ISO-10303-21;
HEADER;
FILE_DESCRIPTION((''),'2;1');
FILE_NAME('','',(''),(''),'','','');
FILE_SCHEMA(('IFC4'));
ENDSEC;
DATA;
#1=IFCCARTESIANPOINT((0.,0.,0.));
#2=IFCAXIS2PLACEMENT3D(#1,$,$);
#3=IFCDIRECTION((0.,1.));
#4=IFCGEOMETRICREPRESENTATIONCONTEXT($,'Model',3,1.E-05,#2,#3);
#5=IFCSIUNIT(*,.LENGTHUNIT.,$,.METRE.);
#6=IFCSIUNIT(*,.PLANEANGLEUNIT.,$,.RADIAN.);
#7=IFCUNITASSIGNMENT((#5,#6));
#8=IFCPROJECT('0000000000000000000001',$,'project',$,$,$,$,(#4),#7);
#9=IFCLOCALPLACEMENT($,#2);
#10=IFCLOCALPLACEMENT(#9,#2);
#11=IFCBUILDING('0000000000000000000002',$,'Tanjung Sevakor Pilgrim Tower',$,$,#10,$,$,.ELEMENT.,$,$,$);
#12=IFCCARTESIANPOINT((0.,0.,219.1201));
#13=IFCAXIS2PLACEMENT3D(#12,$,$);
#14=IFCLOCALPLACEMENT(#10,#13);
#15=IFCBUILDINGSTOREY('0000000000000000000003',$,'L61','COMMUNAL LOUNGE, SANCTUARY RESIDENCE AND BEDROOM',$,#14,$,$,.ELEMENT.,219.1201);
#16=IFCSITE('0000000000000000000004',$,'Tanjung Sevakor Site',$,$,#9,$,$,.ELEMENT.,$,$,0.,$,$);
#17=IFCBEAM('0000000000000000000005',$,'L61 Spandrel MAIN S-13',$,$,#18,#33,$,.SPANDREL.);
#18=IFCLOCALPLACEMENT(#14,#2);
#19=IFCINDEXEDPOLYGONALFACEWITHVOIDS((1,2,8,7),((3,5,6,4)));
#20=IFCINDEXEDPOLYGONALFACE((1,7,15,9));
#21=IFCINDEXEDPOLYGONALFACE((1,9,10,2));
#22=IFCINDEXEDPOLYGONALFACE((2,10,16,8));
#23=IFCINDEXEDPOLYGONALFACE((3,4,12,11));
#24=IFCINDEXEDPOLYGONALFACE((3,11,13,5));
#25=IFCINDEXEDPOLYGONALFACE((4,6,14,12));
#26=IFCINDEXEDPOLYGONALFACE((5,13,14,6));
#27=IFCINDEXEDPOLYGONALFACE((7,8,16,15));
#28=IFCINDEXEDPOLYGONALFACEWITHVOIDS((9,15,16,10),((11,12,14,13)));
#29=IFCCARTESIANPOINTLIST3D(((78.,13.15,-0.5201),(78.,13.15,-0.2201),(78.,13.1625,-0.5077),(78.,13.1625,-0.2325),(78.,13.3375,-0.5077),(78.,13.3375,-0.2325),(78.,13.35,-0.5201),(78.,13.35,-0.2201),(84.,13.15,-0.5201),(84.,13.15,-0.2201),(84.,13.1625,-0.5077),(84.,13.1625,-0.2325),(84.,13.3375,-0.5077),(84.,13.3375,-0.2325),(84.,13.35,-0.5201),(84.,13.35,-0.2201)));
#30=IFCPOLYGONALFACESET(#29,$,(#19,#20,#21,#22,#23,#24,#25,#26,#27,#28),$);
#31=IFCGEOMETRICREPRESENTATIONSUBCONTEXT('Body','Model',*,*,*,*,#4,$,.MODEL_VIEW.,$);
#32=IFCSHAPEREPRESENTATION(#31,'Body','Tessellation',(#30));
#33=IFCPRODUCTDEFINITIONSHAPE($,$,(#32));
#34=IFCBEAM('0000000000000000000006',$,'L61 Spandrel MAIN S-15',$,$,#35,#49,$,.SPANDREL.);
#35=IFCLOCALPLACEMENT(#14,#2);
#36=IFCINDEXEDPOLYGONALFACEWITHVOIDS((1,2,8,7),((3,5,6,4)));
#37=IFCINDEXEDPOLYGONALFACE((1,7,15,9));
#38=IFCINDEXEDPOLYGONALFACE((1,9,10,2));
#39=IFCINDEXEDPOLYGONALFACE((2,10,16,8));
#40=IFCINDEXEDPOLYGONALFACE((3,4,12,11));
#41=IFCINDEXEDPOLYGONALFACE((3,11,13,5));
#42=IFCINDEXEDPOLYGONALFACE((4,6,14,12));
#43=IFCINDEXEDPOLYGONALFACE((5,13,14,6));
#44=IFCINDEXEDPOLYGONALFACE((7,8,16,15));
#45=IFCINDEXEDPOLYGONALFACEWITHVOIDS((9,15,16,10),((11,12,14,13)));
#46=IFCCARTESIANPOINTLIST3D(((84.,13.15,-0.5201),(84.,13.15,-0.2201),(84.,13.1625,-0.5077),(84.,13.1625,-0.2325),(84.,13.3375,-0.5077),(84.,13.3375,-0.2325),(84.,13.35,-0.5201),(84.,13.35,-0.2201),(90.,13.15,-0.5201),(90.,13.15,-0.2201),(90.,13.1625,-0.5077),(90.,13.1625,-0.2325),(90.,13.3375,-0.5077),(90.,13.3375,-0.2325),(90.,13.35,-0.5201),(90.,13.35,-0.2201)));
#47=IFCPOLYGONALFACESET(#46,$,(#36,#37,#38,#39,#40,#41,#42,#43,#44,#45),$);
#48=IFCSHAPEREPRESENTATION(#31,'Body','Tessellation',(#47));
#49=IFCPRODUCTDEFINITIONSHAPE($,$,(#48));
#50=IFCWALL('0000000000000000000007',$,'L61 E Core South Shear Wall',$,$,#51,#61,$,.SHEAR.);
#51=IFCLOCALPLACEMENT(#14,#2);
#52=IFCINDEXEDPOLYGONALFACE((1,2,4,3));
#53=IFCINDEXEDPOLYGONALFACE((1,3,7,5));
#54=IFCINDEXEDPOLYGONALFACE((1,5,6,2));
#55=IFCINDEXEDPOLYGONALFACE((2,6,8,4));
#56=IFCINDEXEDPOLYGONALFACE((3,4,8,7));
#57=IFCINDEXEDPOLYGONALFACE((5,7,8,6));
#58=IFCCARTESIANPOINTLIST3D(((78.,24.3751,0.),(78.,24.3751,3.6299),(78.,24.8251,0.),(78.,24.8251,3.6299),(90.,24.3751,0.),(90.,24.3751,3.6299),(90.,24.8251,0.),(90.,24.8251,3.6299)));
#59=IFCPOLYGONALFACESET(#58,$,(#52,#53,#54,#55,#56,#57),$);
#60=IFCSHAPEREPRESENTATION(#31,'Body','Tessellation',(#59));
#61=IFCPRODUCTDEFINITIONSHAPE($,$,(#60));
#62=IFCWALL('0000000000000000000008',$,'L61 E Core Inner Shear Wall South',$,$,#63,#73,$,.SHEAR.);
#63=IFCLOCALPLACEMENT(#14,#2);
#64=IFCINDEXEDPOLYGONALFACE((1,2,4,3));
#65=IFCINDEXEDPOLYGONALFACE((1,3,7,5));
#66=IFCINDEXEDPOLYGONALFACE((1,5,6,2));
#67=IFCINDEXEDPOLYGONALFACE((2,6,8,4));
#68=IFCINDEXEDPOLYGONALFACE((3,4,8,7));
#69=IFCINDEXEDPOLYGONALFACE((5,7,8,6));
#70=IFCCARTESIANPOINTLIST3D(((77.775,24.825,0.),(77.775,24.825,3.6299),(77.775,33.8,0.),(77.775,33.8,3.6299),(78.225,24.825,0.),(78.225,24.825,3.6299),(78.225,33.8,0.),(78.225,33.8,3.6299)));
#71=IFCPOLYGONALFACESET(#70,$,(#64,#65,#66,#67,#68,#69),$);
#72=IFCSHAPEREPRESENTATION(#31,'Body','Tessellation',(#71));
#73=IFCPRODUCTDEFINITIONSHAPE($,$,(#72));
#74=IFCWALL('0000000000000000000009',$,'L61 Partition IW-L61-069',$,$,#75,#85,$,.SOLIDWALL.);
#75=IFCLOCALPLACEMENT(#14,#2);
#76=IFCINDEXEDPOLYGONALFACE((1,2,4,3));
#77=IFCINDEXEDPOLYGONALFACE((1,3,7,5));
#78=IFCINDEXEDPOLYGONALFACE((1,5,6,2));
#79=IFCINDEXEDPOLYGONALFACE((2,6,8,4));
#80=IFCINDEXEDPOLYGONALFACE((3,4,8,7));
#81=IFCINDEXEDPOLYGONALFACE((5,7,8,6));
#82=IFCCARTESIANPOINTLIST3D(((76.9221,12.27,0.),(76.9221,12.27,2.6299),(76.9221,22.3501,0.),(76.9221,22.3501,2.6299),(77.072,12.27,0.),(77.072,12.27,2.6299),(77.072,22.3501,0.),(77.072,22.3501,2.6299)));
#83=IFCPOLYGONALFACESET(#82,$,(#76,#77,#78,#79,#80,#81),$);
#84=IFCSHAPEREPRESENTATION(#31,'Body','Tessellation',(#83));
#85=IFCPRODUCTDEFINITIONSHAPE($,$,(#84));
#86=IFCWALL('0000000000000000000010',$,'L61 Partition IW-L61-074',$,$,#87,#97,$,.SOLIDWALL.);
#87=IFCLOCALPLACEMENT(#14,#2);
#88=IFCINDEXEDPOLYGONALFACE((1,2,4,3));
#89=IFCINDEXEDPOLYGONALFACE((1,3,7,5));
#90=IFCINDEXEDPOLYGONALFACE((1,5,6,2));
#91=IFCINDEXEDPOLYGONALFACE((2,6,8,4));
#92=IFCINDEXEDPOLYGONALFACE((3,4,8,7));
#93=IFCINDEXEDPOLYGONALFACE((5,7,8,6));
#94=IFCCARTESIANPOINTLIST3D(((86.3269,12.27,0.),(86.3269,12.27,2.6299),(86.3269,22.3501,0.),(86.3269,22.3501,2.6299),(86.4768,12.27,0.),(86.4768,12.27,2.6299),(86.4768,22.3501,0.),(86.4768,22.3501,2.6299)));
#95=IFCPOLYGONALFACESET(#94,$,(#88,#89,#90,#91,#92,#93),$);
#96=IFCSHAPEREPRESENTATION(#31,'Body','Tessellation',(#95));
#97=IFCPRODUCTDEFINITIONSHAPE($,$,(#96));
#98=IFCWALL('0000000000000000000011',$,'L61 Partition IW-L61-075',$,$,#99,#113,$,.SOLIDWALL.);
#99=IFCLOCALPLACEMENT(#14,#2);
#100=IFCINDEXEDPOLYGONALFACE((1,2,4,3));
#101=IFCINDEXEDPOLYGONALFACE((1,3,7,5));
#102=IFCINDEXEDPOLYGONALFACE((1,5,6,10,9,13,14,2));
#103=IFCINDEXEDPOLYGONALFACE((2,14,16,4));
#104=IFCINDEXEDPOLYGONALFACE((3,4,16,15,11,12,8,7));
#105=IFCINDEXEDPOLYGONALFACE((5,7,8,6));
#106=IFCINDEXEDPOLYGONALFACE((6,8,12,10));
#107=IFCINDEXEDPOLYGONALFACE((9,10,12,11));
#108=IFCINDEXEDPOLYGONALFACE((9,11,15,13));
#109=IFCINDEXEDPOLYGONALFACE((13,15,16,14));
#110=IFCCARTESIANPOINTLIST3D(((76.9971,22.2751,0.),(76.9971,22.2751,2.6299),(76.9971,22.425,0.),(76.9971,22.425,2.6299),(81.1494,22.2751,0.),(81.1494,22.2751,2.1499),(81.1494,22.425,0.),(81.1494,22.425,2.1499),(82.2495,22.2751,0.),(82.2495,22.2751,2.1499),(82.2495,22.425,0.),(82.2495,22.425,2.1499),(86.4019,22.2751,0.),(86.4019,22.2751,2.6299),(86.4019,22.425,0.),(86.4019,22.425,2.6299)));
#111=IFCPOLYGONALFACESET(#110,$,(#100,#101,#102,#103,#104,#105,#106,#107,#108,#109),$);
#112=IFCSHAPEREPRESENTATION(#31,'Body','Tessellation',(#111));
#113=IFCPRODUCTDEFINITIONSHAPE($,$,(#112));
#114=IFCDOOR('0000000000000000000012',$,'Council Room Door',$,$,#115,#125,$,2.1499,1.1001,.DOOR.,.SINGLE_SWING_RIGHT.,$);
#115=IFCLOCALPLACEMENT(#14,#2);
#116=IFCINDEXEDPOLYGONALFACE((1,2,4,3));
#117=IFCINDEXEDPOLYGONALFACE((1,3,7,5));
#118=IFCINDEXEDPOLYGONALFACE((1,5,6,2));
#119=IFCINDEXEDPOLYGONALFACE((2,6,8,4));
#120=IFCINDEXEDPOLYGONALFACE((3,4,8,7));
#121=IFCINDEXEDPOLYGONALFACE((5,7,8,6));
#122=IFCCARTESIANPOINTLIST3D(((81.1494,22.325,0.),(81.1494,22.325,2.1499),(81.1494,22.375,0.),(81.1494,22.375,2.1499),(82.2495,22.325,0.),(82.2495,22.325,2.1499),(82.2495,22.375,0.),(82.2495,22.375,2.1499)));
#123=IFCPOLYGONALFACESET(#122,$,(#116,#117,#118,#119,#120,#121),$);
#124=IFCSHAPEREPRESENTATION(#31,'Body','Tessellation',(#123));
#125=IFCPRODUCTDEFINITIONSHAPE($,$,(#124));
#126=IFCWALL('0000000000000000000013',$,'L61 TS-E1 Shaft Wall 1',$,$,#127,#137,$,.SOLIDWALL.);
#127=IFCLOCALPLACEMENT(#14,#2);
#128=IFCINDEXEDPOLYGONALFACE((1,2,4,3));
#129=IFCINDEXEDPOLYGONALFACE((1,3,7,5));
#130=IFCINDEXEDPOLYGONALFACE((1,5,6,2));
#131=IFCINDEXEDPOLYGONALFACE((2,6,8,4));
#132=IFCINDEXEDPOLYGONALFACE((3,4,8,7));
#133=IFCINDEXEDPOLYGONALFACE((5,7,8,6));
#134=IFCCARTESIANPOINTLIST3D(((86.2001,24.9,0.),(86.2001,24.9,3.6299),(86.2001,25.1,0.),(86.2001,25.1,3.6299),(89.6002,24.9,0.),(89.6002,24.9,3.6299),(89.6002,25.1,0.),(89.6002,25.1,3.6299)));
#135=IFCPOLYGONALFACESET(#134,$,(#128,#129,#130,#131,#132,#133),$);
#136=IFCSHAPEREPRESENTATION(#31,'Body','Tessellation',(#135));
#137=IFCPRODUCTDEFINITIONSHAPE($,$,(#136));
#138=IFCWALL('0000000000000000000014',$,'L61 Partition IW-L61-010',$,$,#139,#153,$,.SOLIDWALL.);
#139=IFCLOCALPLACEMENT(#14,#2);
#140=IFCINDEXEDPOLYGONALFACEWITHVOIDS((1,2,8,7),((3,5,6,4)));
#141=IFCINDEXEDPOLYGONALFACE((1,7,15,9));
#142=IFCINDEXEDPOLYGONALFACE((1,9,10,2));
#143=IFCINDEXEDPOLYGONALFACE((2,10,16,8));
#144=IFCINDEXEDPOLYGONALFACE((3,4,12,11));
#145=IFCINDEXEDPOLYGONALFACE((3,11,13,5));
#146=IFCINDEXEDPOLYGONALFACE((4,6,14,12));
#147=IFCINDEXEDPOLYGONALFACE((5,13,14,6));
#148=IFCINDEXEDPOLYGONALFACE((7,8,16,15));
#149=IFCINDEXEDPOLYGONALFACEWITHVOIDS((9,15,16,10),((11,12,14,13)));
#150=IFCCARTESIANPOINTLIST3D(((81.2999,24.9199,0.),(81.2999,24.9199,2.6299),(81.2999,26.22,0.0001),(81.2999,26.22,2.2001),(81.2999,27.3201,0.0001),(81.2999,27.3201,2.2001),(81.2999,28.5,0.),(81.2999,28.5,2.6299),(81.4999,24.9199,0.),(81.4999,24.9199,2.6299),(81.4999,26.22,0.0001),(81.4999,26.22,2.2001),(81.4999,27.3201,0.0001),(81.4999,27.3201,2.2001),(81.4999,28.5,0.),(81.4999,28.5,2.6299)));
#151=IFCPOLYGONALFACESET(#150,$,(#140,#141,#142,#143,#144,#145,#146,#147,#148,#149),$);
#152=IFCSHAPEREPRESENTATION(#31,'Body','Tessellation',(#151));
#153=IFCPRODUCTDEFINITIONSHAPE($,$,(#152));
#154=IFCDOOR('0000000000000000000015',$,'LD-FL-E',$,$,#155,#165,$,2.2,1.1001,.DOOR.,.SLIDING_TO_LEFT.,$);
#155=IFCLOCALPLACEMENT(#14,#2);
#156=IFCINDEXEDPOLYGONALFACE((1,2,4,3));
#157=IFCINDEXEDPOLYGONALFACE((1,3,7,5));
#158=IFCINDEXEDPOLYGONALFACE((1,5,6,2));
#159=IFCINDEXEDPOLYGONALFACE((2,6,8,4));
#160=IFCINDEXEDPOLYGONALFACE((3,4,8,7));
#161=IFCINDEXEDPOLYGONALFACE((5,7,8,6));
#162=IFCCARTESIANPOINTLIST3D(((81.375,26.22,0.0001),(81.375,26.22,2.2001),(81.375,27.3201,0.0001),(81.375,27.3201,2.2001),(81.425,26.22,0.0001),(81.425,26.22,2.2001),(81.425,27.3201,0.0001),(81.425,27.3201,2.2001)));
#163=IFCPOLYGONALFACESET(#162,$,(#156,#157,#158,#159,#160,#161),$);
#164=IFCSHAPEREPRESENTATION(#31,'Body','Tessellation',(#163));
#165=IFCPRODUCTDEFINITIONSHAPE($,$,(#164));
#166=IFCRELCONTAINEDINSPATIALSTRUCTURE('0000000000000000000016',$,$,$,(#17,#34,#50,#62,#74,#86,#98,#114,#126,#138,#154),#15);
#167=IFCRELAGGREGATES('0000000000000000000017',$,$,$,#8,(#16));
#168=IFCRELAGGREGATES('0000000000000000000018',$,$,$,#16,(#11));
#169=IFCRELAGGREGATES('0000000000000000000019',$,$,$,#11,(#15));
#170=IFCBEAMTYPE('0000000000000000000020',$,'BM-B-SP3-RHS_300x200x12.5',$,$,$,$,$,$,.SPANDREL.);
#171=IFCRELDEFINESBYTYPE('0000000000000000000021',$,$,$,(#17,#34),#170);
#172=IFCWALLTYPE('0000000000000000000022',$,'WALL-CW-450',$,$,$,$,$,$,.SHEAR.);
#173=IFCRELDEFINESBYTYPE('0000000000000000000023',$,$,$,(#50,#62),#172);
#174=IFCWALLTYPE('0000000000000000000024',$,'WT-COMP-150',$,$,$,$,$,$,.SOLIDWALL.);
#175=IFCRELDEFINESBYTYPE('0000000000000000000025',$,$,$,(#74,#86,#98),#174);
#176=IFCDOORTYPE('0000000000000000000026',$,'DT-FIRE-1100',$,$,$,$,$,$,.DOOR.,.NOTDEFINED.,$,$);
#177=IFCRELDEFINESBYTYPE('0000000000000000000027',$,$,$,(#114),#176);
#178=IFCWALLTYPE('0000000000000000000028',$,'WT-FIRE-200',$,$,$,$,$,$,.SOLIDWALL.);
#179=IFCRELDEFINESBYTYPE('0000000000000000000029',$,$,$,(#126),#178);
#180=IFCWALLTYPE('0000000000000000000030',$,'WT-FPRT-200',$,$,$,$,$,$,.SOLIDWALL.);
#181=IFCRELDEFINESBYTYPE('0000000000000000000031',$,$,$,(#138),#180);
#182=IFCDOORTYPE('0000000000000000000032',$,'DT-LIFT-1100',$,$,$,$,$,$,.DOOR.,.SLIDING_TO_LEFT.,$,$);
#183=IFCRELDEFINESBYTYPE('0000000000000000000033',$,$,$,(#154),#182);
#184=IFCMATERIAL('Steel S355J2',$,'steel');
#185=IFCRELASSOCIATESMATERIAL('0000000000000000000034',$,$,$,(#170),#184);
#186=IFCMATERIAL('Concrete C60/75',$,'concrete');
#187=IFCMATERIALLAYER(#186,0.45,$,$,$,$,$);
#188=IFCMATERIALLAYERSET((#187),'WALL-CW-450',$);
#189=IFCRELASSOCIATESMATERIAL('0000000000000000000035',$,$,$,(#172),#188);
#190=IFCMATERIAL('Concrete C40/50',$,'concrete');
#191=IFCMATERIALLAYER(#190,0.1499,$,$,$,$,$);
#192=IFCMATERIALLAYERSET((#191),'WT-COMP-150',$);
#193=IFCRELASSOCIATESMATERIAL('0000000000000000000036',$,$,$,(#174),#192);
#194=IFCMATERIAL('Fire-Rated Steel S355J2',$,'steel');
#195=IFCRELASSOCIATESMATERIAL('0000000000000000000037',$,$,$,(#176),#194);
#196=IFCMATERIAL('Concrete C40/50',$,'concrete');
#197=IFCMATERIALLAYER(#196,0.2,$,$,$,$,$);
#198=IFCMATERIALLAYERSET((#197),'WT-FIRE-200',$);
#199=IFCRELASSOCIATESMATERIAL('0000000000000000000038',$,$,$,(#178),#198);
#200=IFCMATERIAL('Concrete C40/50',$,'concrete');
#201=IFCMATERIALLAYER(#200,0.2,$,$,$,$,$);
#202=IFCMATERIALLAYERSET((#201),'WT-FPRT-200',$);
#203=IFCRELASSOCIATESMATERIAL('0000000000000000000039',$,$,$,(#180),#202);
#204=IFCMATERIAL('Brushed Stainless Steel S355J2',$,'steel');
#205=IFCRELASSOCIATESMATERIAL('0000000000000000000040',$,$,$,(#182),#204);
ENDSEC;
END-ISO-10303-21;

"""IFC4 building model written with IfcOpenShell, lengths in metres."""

from ifc_helpers import new_model, si_unit, direction, frame, frame_2d, origin, origin_2d, place, context, subcontext, project, spatial, rectangle, hollow_rectangle, extrude, material, layer, layer_set, material_profile, profile_set, type_object, element, fill, save


model = new_model("IFC4")

# Units and contexts
model_context = context("Model", 3, precision=1e-05, world=origin(), true_north=direction((0.0, 1.0)))
body_context = subcontext(model_context, "Body", "Model", "MODEL_VIEW")
ifc_project = project(units=[si_unit("LENGTHUNIT", "METRE"), si_unit("PLANEANGLEUNIT", "RADIAN")], contexts=[model_context])

# Site, building, storey
site_placement = place(None, origin())
site = spatial("IfcSite", under=ifc_project, at=site_placement, Name="Tanjung Sevakor Site", CompositionType="ELEMENT", RefElevation=0.0)
building_placement = place(site_placement, origin())
building = spatial("IfcBuilding", under=site, at=building_placement, Name="Tanjung Sevakor Pilgrim Tower", CompositionType="ELEMENT")
storey_placement = place(building_placement, frame((0.0, 0.0, 219.1201)))
storey = spatial("IfcBuildingStorey", under=building, at=storey_placement, Name="L61", Description="COMMUNAL LOUNGE, SANCTUARY RESIDENCE AND BEDROOM", CompositionType="ELEMENT", Elevation=219.1201)

# Beams
ifc_material_1 = material(Name="Steel S355J2", Category="steel")
ifc_material_profile_1 = material_profile(ifc_material_1, hollow_rectangle(XDim=0.2, YDim=0.3, WallThickness=0.0125, at=origin_2d()))
ifc_profile_set_1 = profile_set([ifc_material_profile_1], Name="Steel S355J2")
beam_type_1 = type_object("IfcBeamType", Name="BM-B-SP3-RHS_300x200x12.5", PredefinedType="SPANDREL", material=ifc_profile_set_1)
for number, where, z_axis, x_axis, name in (
    (1, (78.0, 13.25, -0.3701), (1.0, 0.0, 0.0), (0.0, 1.0, 0.0), "L61 Spandrel MAIN S-13"),
    (2, (84.0, 13.25, -0.3701), (1.0, 0.0, 0.0), (0.0, 1.0, 0.0), "L61 Spandrel MAIN S-15"),
):
    element("IfcBeam", number, at=place(storey_placement, frame(where, z_axis=z_axis, x_axis=x_axis)), inside=storey, type_object=beam_type_1, Name=name, PredefinedType="SPANDREL", context=body_context, shape_type="SweptSolid", body=[
        extrude(hollow_rectangle(XDim=0.2, YDim=0.3, WallThickness=0.0125, at=origin_2d()), origin(), (0.0, 0.0, 1.0), 6.0),
    ])

# Walls
ifc_material_2 = material(Name="Concrete C60/75", Category="concrete")
ifc_layer_1 = layer(ifc_material_2, 0.45)
ifc_layer_set_1 = layer_set([ifc_layer_1], Name="WALL-CW-450")
wall_type_1 = type_object("IfcWallType", Name="WALL-CW-450", PredefinedType="SHEAR", material=ifc_layer_set_1)
wall_1_placement = place(storey_placement, frame((78.0, 24.6001, 0.0), z_axis=(0.0, 0.0, 1.0), x_axis=(1.0, 0.0, 0.0)))
element("IfcWall", 3, at=wall_1_placement, inside=storey, type_object=wall_type_1, Name="L61 E Core South Shear Wall", PredefinedType="SHEAR", context=body_context, shape_type="SweptSolid", body=[
    extrude(rectangle(XDim=12.0, YDim=0.45, at=frame_2d((6.0, 0.0))), origin(), (0.0, 0.0, 1.0), 3.6299),
])
wall_2_placement = place(storey_placement, frame((78.0, 24.825, 0.0), z_axis=(0.0, 0.0, 1.0), x_axis=(0.0, 1.0, 0.0)))
element("IfcWall", 4, at=wall_2_placement, inside=storey, type_object=wall_type_1, Name="L61 E Core Inner Shear Wall South", PredefinedType="SHEAR", context=body_context, shape_type="SweptSolid", body=[
    extrude(rectangle(XDim=8.9751, YDim=0.45, at=frame_2d((4.4875, 0.0))), origin(), (0.0, 0.0, 1.0), 3.6299),
])

# Shared definitions
ifc_material_3 = material(Name="Concrete C40/50", Category="concrete")
ifc_layer_2 = layer(ifc_material_3, 0.1499)
ifc_layer_set_2 = layer_set([ifc_layer_2], Name="WT-COMP-150")
wall_type_2 = type_object("IfcWallType", Name="WT-COMP-150", PredefinedType="SOLIDWALL", material=ifc_layer_set_2)

# Walls
for number, where, z_axis, x_axis, name in (
    (5, (76.9971, 12.27, 0.0), (0.0, 0.0, 1.0), (0.0, 1.0, 0.0), "L61 Partition IW-L61-069"),
    (6, (86.4019, 12.27, 0.0), (0.0, 0.0, 1.0), (0.0, 1.0, 0.0), "L61 Partition IW-L61-074"),
):
    element("IfcWall", number, at=place(storey_placement, frame(where, z_axis=z_axis, x_axis=x_axis)), inside=storey, type_object=wall_type_2, Name=name, PredefinedType="SOLIDWALL", context=body_context, shape_type="SweptSolid", body=[
        extrude(rectangle(XDim=10.0801, YDim=0.1499, at=frame_2d((5.04, 0.0))), origin(), (0.0, 0.0, 1.0), 2.6299),
    ])

# Wall, opening, door
wall_3_placement = place(storey_placement, frame((76.9971, 22.3501, 0.0), z_axis=(0.0, 0.0, 1.0), x_axis=(1.0, 0.0, 0.0)))
wall_3 = element("IfcWall", 7, at=wall_3_placement, inside=storey, type_object=wall_type_2, Name="L61 Partition IW-L61-075", PredefinedType="SOLIDWALL", context=body_context, shape_type="SweptSolid", body=[
    extrude(rectangle(XDim=9.4048, YDim=0.1499, at=frame_2d((4.7024, 0.0))), origin(), (0.0, 0.0, 1.0), 2.6299),
])
opening_1_placement = place(wall_3_placement, frame((4.1523, 0.0, 0.0)))
opening_1 = element("IfcOpeningElement", 8, at=opening_1_placement, cuts=wall_3, PredefinedType="OPENING", context=body_context, shape_type="SweptSolid", body=[
    extrude(rectangle(XDim=1.1001, YDim=2.1499, at=frame_2d((0.55, 1.075))), frame((0.0, 0.085, 0.0), z_axis=(0.0, -1.0, 0.0), x_axis=(1.0, 0.0, 0.0)), (0.0, 0.0, 1.0), 0.1699),
])
ifc_material_4 = material(Name="Fire-Rated Steel S355J2", Category="steel")
door_type_1 = type_object("IfcDoorType", Name="DT-FIRE-1100", OperationType="NOTDEFINED", PredefinedType="DOOR", material=ifc_material_4)
door_1_placement = place(opening_1_placement, origin())
door_1 = element("IfcDoor", 9, at=door_1_placement, inside=storey, type_object=door_type_1, Name="Council Room Door", OperationType="SINGLE_SWING_RIGHT", OverallHeight=2.1499, OverallWidth=1.1001, PredefinedType="DOOR", context=body_context, shape_type="SweptSolid", body=[
    extrude(rectangle(XDim=1.1001, YDim=2.1499, at=frame_2d((0.55, 1.075))), frame((0.0, 0.0249, 0.0), z_axis=(0.0, -1.0, 0.0), x_axis=(1.0, 0.0, 0.0)), (0.0, 0.0, 1.0), 0.05),
])
fill(opening_1, door_1)

# Wall
ifc_material_5 = material(Name="Concrete C40/50", Category="concrete")
ifc_layer_3 = layer(ifc_material_5, 0.2)
ifc_layer_set_3 = layer_set([ifc_layer_3], Name="WT-FIRE-200")
wall_type_3 = type_object("IfcWallType", Name="WT-FIRE-200", PredefinedType="SOLIDWALL", material=ifc_layer_set_3)
wall_4_placement = place(storey_placement, frame((86.2, 25.0, 0.0), z_axis=(0.0, 0.0, 1.0), x_axis=(1.0, 0.0, 0.0)))
element("IfcWall", 10, at=wall_4_placement, inside=storey, type_object=wall_type_3, Name="L61 TS-E1 Shaft Wall 1", PredefinedType="SOLIDWALL", context=body_context, shape_type="SweptSolid", body=[
    extrude(rectangle(XDim=3.4001, YDim=0.2, at=frame_2d((1.7002, 0.0))), origin(), (0.0, 0.0, 1.0), 3.6299),
])

# Wall, opening, door
ifc_material_6 = material(Name="Concrete C40/50", Category="concrete")
ifc_layer_4 = layer(ifc_material_6, 0.2)
ifc_layer_set_4 = layer_set([ifc_layer_4], Name="WT-FPRT-200")
wall_type_4 = type_object("IfcWallType", Name="WT-FPRT-200", PredefinedType="SOLIDWALL", material=ifc_layer_set_4)
wall_5_placement = place(storey_placement, frame((81.3999, 24.9199, 0.0), z_axis=(0.0, 0.0, 1.0), x_axis=(0.0, 1.0, 0.0)))
wall_5 = element("IfcWall", 11, at=wall_5_placement, inside=storey, type_object=wall_type_4, Name="L61 Partition IW-L61-010", PredefinedType="SOLIDWALL", context=body_context, shape_type="SweptSolid", body=[
    extrude(rectangle(XDim=3.5801, YDim=0.2, at=frame_2d((1.79, 0.0))), origin(), (0.0, 0.0, 1.0), 2.6299),
])
opening_2_placement = place(wall_5_placement, frame((1.3, 0.0, 0.0)))
opening_2 = element("IfcOpeningElement", 12, at=opening_2_placement, cuts=wall_5, PredefinedType="OPENING", context=body_context, shape_type="SweptSolid", body=[
    extrude(rectangle(XDim=1.1001, YDim=2.2, at=frame_2d((0.55, 1.1001))), frame((0.0, 0.1099, 0.0), z_axis=(0.0, -1.0, 0.0), x_axis=(1.0, 0.0, 0.0)), (0.0, 0.0, 1.0), 0.22),
])
ifc_material_7 = material(Name="Brushed Stainless Steel S355J2", Category="steel")
door_type_2 = type_object("IfcDoorType", Name="DT-LIFT-1100", OperationType="SLIDING_TO_LEFT", PredefinedType="DOOR", material=ifc_material_7)
door_2_placement = place(opening_2_placement, origin())
door_2 = element("IfcDoor", 13, at=door_2_placement, inside=storey, type_object=door_type_2, Name="LD-FL-E", OperationType="SLIDING_TO_LEFT", OverallHeight=2.2, OverallWidth=1.1001, PredefinedType="DOOR", context=body_context, shape_type="SweptSolid", body=[
    extrude(rectangle(XDim=1.1001, YDim=2.2, at=frame_2d((0.55, 1.1001))), frame((0.0, 0.0249, 0.0), z_axis=(0.0, -1.0, 0.0), x_axis=(1.0, 0.0, 0.0)), (0.0, 0.0, 1.0), 0.05),
])
fill(opening_2, door_2)

save(model, "model.ifc")
